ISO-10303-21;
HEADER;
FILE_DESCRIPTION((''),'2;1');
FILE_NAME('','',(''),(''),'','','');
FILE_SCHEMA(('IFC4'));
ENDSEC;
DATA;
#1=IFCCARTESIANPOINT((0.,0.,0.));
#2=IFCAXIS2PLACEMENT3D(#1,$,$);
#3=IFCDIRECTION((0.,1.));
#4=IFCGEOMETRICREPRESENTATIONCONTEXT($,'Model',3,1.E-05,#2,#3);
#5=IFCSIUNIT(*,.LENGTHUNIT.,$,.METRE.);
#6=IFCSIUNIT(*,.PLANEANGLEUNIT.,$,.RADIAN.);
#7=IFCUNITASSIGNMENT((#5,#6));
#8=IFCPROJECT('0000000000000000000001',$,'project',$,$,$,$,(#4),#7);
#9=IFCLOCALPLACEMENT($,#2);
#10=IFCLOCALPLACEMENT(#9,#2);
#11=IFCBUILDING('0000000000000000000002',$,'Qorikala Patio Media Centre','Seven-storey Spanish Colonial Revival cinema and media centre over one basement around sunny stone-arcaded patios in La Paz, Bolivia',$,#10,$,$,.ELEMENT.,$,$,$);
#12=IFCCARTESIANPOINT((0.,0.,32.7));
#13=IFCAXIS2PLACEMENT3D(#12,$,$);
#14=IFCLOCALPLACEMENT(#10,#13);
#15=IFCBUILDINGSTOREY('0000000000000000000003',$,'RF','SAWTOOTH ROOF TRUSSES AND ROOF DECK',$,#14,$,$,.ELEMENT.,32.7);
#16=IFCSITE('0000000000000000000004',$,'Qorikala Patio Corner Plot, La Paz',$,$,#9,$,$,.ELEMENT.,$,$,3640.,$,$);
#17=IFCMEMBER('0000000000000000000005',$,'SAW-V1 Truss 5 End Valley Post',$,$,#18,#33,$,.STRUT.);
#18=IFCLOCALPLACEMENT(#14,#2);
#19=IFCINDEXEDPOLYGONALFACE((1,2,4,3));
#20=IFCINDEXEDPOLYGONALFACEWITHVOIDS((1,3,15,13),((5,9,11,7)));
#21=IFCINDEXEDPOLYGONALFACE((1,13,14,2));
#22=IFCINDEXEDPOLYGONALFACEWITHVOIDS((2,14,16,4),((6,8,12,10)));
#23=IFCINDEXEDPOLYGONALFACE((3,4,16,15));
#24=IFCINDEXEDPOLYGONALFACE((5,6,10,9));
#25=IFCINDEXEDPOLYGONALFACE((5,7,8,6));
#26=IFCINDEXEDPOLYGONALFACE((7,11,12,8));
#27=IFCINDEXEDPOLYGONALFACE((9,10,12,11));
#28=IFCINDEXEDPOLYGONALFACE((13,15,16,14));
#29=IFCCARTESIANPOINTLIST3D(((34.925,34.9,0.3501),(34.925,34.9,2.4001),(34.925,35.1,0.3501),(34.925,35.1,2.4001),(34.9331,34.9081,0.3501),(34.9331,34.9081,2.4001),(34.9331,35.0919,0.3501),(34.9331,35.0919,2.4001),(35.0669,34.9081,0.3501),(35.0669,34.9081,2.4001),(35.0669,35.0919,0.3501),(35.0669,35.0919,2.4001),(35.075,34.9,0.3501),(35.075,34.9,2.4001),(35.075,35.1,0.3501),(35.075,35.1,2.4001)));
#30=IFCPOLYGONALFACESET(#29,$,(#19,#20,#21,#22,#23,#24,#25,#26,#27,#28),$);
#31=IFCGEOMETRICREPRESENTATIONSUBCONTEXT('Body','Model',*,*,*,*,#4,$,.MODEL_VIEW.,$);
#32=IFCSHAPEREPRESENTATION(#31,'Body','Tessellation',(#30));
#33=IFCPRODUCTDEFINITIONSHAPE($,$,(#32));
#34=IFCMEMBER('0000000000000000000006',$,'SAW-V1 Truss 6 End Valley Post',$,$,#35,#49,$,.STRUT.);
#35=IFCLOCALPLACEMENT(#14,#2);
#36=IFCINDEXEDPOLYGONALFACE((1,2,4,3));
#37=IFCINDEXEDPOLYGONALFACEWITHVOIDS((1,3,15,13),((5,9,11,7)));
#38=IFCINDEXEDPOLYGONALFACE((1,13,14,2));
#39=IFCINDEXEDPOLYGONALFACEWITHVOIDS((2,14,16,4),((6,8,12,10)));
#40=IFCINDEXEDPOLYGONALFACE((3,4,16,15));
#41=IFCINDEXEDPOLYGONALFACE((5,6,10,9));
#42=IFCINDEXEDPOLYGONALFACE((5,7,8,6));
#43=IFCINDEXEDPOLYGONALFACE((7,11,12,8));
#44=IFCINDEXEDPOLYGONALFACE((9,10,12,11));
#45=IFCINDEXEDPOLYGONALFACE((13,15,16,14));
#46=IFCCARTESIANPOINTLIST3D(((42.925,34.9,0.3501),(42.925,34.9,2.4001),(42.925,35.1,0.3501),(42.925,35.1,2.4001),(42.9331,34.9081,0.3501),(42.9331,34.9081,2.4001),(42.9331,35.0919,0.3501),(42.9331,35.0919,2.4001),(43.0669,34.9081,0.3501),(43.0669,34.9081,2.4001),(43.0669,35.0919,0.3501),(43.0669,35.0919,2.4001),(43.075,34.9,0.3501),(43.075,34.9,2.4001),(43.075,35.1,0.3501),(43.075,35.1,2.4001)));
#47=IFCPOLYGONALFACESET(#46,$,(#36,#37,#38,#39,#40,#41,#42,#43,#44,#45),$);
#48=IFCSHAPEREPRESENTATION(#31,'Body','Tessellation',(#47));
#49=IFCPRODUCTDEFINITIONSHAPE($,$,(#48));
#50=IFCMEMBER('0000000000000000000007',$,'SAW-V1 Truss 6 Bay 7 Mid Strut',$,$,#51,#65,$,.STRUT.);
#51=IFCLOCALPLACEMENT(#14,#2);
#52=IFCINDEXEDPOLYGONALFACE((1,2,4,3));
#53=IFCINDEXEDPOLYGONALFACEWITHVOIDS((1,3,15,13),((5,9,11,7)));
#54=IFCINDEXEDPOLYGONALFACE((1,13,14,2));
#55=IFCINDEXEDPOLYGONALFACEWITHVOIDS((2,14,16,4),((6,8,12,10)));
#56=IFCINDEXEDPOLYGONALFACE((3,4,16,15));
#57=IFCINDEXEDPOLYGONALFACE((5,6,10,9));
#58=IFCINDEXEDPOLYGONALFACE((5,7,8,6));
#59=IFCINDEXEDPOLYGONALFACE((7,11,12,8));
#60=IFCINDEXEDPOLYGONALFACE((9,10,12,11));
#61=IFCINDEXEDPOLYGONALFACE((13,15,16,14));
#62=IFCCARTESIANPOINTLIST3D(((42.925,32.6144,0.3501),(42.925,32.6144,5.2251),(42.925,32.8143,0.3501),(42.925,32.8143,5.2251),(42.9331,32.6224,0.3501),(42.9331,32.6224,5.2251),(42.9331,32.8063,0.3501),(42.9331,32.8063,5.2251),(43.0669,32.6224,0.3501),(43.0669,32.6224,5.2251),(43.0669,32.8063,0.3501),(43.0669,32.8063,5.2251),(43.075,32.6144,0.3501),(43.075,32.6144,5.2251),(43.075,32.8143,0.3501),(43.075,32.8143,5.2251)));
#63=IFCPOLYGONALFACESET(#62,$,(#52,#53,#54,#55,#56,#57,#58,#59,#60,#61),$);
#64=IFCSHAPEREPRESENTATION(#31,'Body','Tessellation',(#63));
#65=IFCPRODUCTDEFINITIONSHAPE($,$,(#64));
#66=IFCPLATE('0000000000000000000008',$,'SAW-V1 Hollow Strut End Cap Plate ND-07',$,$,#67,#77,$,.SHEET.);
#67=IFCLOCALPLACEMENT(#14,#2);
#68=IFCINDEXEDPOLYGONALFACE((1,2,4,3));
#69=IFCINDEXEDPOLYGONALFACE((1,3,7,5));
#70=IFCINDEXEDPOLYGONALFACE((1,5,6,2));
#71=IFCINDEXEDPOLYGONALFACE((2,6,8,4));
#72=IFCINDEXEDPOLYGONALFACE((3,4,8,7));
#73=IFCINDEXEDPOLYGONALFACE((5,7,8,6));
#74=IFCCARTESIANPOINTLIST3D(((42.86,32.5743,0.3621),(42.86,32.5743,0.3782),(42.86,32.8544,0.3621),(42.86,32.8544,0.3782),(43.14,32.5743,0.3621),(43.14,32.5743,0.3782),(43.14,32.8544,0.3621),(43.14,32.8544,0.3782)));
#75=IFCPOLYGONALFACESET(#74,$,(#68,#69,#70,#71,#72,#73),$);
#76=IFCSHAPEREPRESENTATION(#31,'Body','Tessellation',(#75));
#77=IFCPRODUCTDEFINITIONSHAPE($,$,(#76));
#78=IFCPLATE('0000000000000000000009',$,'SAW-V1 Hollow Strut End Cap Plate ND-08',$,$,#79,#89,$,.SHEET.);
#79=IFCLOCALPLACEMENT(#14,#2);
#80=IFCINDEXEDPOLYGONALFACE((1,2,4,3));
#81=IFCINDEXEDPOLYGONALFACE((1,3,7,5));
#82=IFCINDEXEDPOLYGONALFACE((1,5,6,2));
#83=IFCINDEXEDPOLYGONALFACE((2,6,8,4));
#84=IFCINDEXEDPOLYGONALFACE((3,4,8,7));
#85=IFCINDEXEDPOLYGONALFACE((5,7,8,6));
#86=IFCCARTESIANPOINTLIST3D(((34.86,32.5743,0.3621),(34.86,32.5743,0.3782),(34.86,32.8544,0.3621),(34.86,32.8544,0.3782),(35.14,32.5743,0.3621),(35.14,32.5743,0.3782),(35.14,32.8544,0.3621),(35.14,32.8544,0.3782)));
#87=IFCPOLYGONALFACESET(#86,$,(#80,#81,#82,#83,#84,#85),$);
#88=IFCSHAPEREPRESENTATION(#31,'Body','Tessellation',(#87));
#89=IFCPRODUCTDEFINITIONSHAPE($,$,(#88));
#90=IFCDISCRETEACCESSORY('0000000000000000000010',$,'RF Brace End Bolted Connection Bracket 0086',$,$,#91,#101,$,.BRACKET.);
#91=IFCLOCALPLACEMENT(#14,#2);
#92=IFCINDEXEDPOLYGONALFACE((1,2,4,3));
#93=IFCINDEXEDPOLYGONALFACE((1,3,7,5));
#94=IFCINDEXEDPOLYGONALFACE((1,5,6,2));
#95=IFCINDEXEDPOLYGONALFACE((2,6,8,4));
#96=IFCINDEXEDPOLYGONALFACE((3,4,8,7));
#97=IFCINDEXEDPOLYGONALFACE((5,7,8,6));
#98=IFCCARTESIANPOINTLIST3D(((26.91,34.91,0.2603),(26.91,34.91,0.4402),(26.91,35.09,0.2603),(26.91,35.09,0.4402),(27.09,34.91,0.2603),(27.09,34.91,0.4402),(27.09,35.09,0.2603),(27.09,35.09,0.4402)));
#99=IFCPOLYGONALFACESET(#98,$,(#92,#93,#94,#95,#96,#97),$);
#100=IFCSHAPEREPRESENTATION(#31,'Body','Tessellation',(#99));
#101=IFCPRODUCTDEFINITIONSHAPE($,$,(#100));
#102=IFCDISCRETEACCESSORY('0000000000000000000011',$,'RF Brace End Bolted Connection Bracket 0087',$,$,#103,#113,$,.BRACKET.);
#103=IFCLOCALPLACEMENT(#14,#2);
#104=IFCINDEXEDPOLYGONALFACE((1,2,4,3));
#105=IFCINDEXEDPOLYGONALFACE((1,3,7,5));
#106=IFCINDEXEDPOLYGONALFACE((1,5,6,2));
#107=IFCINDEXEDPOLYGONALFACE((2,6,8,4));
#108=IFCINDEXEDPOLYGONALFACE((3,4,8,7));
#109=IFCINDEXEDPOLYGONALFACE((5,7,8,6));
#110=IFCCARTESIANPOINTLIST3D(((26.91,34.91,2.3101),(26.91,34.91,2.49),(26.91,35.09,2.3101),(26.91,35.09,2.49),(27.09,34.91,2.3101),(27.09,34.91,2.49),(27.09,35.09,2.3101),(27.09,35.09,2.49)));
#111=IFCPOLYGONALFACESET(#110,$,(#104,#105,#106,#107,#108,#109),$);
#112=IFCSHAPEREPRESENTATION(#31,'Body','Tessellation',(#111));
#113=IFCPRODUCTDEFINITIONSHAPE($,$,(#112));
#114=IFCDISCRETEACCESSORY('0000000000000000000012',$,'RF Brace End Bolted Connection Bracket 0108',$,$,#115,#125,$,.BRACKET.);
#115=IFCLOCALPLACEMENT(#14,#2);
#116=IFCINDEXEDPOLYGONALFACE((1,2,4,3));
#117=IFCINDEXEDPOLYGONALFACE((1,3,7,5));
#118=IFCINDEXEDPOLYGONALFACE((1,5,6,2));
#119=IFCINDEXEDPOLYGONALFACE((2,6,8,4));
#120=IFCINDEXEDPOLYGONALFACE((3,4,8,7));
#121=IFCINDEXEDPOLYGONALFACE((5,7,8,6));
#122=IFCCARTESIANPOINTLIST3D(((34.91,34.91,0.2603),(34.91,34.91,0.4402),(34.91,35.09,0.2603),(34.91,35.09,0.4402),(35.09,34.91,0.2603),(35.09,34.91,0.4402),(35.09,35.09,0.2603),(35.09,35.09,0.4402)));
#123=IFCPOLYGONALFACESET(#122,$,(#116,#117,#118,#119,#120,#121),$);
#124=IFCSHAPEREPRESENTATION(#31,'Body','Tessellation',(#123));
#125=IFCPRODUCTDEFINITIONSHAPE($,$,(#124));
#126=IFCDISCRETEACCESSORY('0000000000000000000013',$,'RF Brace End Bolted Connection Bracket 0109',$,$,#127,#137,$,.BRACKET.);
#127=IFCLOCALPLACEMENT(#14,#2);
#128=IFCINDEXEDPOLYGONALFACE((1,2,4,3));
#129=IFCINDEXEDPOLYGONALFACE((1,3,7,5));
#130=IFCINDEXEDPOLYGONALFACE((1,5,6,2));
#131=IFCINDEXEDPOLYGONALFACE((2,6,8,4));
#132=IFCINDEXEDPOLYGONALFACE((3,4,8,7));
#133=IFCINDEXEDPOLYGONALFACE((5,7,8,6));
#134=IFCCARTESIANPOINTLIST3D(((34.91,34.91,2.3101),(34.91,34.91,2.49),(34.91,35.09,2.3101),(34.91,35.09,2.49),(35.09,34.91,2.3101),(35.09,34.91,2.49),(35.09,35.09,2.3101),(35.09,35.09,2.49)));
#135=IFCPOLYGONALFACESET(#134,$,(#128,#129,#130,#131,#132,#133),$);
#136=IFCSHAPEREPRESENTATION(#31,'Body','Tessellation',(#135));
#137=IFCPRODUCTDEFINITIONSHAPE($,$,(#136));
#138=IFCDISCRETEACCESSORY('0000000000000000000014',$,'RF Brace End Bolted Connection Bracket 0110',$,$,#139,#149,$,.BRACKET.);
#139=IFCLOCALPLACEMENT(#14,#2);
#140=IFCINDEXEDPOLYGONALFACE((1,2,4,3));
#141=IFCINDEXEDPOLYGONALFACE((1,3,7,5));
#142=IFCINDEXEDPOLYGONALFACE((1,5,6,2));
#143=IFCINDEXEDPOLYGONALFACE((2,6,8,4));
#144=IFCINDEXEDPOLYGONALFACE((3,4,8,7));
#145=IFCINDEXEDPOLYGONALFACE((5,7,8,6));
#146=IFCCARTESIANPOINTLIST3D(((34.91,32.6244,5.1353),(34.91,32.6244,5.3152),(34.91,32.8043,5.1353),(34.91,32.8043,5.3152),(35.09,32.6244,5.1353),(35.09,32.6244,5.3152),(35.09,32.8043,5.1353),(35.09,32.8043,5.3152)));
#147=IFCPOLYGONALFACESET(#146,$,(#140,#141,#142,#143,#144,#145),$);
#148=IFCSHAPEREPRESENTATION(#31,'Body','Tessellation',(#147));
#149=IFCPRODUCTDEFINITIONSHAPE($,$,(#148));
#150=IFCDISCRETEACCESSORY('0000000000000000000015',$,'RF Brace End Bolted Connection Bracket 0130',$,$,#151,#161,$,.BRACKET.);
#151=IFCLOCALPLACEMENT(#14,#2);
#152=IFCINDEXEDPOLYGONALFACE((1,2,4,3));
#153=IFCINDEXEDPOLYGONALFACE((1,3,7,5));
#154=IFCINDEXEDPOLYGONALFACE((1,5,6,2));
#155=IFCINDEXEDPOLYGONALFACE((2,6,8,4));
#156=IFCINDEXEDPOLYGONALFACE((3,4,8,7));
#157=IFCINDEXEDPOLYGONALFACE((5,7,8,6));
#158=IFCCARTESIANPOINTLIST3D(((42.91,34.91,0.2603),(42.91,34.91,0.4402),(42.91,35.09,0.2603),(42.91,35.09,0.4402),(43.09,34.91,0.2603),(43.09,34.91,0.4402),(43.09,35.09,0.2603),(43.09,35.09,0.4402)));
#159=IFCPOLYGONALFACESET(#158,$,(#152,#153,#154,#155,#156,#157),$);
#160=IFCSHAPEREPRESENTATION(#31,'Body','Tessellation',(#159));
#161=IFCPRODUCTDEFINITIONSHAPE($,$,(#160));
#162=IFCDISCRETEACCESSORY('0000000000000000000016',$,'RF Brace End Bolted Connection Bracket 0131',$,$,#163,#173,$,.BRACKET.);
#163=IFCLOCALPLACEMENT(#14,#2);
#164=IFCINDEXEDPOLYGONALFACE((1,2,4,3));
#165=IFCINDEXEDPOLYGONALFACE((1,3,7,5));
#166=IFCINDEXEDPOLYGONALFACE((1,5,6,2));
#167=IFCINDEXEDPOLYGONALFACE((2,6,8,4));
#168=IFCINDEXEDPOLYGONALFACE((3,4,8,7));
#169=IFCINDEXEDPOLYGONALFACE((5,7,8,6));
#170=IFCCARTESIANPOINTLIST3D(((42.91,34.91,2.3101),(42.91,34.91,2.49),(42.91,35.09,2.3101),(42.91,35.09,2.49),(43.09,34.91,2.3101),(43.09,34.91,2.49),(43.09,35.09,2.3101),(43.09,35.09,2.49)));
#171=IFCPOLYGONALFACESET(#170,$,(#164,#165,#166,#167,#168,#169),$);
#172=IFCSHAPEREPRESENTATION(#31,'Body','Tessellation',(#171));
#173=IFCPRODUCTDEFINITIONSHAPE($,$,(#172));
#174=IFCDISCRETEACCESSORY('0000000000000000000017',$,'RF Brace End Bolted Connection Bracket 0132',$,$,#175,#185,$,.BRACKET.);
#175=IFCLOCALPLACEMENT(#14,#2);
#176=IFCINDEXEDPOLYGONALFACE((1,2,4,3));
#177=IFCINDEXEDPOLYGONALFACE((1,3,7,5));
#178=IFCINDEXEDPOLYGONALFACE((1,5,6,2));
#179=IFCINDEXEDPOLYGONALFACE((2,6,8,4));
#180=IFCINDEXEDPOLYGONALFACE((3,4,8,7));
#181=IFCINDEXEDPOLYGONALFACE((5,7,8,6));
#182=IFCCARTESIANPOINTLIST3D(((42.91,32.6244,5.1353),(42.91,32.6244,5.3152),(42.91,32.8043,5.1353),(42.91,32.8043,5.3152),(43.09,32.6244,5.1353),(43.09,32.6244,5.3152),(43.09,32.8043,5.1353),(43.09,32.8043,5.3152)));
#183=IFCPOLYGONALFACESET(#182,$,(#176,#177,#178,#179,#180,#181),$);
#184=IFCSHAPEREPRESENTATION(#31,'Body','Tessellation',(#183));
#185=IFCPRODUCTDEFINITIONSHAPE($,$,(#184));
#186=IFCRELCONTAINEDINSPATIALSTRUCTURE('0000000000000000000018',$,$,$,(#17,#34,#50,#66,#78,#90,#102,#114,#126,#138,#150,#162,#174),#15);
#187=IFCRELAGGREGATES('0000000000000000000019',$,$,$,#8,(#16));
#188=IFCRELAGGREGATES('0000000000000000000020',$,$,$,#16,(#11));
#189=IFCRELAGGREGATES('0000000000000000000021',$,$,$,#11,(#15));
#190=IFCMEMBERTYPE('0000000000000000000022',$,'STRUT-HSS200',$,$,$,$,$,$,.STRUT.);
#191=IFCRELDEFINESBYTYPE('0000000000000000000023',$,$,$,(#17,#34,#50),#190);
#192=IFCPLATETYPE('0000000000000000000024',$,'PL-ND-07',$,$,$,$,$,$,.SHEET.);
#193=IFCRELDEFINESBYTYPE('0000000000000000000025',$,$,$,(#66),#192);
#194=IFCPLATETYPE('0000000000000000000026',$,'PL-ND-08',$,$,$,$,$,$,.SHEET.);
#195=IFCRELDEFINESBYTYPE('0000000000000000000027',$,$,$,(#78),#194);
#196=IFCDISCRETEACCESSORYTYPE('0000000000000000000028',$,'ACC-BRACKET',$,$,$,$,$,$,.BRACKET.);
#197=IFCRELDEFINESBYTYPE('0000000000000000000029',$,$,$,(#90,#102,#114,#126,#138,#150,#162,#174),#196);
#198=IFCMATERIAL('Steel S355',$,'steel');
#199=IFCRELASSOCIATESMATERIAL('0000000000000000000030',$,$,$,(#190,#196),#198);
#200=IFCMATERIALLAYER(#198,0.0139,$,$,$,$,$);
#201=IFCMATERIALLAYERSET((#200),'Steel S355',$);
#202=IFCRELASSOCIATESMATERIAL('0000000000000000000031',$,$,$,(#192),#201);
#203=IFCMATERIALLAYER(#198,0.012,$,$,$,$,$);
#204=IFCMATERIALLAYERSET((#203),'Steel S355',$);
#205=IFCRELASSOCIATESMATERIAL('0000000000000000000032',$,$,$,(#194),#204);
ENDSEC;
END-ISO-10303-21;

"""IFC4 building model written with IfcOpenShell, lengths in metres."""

from ifc_helpers import new_model, si_unit, direction, frame, origin, origin_2d, place, context, subcontext, project, spatial, rectangle, hollow_rectangle, extrude, material, layer, layer_set, material_profile, profile_set, type_object, element, save


model = new_model("IFC4")

# Units and contexts
model_context = context("Model", 3, precision=1e-05, world=origin(), true_north=direction((0.0, 1.0)))
body_context = subcontext(model_context, "Body", "Model", "MODEL_VIEW")
ifc_project = project(units=[si_unit("LENGTHUNIT", "METRE"), si_unit("PLANEANGLEUNIT", "RADIAN")], contexts=[model_context])

# Site, building, storey
site_placement = place(None, origin())
site = spatial("IfcSite", under=ifc_project, at=site_placement, Name="Qorikala Patio Corner Plot, La Paz", CompositionType="ELEMENT", RefElevation=3640.0)
building_placement = place(site_placement, origin())
building = spatial("IfcBuilding", under=site, at=building_placement, Name="Qorikala Patio Media Centre", Description="Seven-storey Spanish Colonial Revival cinema and media centre over one basement around sunny stone-arcaded patios in La Paz, Bolivia", CompositionType="ELEMENT")
storey_placement = place(building_placement, frame((0.0, 0.0, 32.7)))
storey = spatial("IfcBuildingStorey", under=building, at=storey_placement, Name="RF", Description="SAWTOOTH ROOF TRUSSES AND ROOF DECK", CompositionType="ELEMENT", Elevation=32.7)

# Shared definitions
ifc_material = material(Name="Steel S355", Category="steel")

# Members
ifc_material_profile_1 = material_profile(ifc_material, hollow_rectangle(XDim=0.1499, YDim=0.2, WallThickness=0.0081, at=origin_2d()), Name="HSS200X150X8")
ifc_profile_set_1 = profile_set([ifc_material_profile_1], Name="Steel S355")
member_type_1 = type_object("IfcMemberType", Name="STRUT-HSS200", PredefinedType="STRUT", material=ifc_profile_set_1)
for number, where, z_axis, x_axis, name in (
    (1, (35.0, 35.0, 0.3501), (0.0, 0.0, 1.0), (1.0, 0.0, 0.0), "SAW-V1 Truss 5 End Valley Post"),
    (2, (43.0, 35.0, 0.3501), (0.0, 0.0, 1.0), (1.0, 0.0, 0.0), "SAW-V1 Truss 6 End Valley Post"),
):
    element("IfcMember", number, at=place(storey_placement, frame(where, z_axis=z_axis, x_axis=x_axis)), inside=storey, type_object=member_type_1, Name=name, PredefinedType="STRUT", context=body_context, shape_type="SweptSolid", body=[
        extrude(hollow_rectangle(XDim=0.1499, YDim=0.2, WallThickness=0.0081, at=origin_2d()), origin(), (0.0, 0.0, 1.0), 2.05),
    ])
member_placement = place(storey_placement, frame((43.0, 32.7144, 0.3501), z_axis=(0.0, 0.0, 1.0), x_axis=(1.0, 0.0, 0.0)))
element("IfcMember", 3, at=member_placement, inside=storey, type_object=member_type_1, Name="SAW-V1 Truss 6 Bay 7 Mid Strut", PredefinedType="STRUT", context=body_context, shape_type="SweptSolid", body=[
    extrude(hollow_rectangle(XDim=0.1499, YDim=0.2, WallThickness=0.0081, at=origin_2d()), origin(), (0.0, 0.0, 1.0), 4.875),
])

# Plates
ifc_layer_1 = layer(ifc_material, 0.0139)
ifc_layer_set_1 = layer_set([ifc_layer_1], Name="Steel S355")
plate_type_1 = type_object("IfcPlateType", Name="PL-ND-07", PredefinedType="SHEET", material=ifc_layer_set_1)
plate_1_placement = place(storey_placement, frame((43.0, 32.7144, 0.3621), z_axis=(0.0, 0.0, 1.0), x_axis=(1.0, 0.0, 0.0)))
element("IfcPlate", 4, at=plate_1_placement, inside=storey, type_object=plate_type_1, Name="SAW-V1 Hollow Strut End Cap Plate ND-07", PredefinedType="SHEET", context=body_context, shape_type="SweptSolid", body=[
    extrude(rectangle(XDim=0.28, YDim=0.28, at=origin_2d()), origin(), (0.0, 0.0, 1.0), 0.0161),
])
ifc_layer_2 = layer(ifc_material, 0.012)
ifc_layer_set_2 = layer_set([ifc_layer_2], Name="Steel S355")
plate_type_2 = type_object("IfcPlateType", Name="PL-ND-08", PredefinedType="SHEET", material=ifc_layer_set_2)
plate_2_placement = place(storey_placement, frame((35.0, 32.7144, 0.3621), z_axis=(0.0, 0.0, 1.0), x_axis=(1.0, 0.0, 0.0)))
element("IfcPlate", 5, at=plate_2_placement, inside=storey, type_object=plate_type_2, Name="SAW-V1 Hollow Strut End Cap Plate ND-08", PredefinedType="SHEET", context=body_context, shape_type="SweptSolid", body=[
    extrude(rectangle(XDim=0.28, YDim=0.28, at=origin_2d()), origin(), (0.0, 0.0, 1.0), 0.0161),
])

# Discrete accessories
discrete_accessory_type = type_object("IfcDiscreteAccessoryType", Name="ACC-BRACKET", PredefinedType="BRACKET", material=ifc_material)
for number, where, z_axis, x_axis, name in (
    (6, (27.0, 35.0, 0.2603), (0.0, 0.0, 1.0), (1.0, 0.0, 0.0), "RF Brace End Bolted Connection Bracket 0086"),
    (7, (27.0, 35.0, 2.3101), (0.0, 0.0, 1.0), (1.0, 0.0, 0.0), "RF Brace End Bolted Connection Bracket 0087"),
    (8, (35.0, 35.0, 0.2603), (0.0, 0.0, 1.0), (1.0, 0.0, 0.0), "RF Brace End Bolted Connection Bracket 0108"),
    (9, (35.0, 35.0, 2.3101), (0.0, 0.0, 1.0), (1.0, 0.0, 0.0), "RF Brace End Bolted Connection Bracket 0109"),
    (10, (35.0, 32.7144, 5.1353), (0.0, 0.0, 1.0), (1.0, 0.0, 0.0), "RF Brace End Bolted Connection Bracket 0110"),
    (11, (43.0, 35.0, 0.2603), (0.0, 0.0, 1.0), (1.0, 0.0, 0.0), "RF Brace End Bolted Connection Bracket 0130"),
    (12, (43.0, 35.0, 2.3101), (0.0, 0.0, 1.0), (1.0, 0.0, 0.0), "RF Brace End Bolted Connection Bracket 0131"),
    (13, (43.0, 32.7144, 5.1353), (0.0, 0.0, 1.0), (1.0, 0.0, 0.0), "RF Brace End Bolted Connection Bracket 0132"),
):
    element("IfcDiscreteAccessory", number, at=place(storey_placement, frame(where, z_axis=z_axis, x_axis=x_axis)), inside=storey, type_object=discrete_accessory_type, Name=name, PredefinedType="BRACKET", context=body_context, shape_type="SweptSolid", body=[
        extrude(rectangle(XDim=0.1799, YDim=0.1799, at=origin_2d()), origin(), (0.0, 0.0, 1.0), 0.1799),
    ])

save(model, "model.ifc")
